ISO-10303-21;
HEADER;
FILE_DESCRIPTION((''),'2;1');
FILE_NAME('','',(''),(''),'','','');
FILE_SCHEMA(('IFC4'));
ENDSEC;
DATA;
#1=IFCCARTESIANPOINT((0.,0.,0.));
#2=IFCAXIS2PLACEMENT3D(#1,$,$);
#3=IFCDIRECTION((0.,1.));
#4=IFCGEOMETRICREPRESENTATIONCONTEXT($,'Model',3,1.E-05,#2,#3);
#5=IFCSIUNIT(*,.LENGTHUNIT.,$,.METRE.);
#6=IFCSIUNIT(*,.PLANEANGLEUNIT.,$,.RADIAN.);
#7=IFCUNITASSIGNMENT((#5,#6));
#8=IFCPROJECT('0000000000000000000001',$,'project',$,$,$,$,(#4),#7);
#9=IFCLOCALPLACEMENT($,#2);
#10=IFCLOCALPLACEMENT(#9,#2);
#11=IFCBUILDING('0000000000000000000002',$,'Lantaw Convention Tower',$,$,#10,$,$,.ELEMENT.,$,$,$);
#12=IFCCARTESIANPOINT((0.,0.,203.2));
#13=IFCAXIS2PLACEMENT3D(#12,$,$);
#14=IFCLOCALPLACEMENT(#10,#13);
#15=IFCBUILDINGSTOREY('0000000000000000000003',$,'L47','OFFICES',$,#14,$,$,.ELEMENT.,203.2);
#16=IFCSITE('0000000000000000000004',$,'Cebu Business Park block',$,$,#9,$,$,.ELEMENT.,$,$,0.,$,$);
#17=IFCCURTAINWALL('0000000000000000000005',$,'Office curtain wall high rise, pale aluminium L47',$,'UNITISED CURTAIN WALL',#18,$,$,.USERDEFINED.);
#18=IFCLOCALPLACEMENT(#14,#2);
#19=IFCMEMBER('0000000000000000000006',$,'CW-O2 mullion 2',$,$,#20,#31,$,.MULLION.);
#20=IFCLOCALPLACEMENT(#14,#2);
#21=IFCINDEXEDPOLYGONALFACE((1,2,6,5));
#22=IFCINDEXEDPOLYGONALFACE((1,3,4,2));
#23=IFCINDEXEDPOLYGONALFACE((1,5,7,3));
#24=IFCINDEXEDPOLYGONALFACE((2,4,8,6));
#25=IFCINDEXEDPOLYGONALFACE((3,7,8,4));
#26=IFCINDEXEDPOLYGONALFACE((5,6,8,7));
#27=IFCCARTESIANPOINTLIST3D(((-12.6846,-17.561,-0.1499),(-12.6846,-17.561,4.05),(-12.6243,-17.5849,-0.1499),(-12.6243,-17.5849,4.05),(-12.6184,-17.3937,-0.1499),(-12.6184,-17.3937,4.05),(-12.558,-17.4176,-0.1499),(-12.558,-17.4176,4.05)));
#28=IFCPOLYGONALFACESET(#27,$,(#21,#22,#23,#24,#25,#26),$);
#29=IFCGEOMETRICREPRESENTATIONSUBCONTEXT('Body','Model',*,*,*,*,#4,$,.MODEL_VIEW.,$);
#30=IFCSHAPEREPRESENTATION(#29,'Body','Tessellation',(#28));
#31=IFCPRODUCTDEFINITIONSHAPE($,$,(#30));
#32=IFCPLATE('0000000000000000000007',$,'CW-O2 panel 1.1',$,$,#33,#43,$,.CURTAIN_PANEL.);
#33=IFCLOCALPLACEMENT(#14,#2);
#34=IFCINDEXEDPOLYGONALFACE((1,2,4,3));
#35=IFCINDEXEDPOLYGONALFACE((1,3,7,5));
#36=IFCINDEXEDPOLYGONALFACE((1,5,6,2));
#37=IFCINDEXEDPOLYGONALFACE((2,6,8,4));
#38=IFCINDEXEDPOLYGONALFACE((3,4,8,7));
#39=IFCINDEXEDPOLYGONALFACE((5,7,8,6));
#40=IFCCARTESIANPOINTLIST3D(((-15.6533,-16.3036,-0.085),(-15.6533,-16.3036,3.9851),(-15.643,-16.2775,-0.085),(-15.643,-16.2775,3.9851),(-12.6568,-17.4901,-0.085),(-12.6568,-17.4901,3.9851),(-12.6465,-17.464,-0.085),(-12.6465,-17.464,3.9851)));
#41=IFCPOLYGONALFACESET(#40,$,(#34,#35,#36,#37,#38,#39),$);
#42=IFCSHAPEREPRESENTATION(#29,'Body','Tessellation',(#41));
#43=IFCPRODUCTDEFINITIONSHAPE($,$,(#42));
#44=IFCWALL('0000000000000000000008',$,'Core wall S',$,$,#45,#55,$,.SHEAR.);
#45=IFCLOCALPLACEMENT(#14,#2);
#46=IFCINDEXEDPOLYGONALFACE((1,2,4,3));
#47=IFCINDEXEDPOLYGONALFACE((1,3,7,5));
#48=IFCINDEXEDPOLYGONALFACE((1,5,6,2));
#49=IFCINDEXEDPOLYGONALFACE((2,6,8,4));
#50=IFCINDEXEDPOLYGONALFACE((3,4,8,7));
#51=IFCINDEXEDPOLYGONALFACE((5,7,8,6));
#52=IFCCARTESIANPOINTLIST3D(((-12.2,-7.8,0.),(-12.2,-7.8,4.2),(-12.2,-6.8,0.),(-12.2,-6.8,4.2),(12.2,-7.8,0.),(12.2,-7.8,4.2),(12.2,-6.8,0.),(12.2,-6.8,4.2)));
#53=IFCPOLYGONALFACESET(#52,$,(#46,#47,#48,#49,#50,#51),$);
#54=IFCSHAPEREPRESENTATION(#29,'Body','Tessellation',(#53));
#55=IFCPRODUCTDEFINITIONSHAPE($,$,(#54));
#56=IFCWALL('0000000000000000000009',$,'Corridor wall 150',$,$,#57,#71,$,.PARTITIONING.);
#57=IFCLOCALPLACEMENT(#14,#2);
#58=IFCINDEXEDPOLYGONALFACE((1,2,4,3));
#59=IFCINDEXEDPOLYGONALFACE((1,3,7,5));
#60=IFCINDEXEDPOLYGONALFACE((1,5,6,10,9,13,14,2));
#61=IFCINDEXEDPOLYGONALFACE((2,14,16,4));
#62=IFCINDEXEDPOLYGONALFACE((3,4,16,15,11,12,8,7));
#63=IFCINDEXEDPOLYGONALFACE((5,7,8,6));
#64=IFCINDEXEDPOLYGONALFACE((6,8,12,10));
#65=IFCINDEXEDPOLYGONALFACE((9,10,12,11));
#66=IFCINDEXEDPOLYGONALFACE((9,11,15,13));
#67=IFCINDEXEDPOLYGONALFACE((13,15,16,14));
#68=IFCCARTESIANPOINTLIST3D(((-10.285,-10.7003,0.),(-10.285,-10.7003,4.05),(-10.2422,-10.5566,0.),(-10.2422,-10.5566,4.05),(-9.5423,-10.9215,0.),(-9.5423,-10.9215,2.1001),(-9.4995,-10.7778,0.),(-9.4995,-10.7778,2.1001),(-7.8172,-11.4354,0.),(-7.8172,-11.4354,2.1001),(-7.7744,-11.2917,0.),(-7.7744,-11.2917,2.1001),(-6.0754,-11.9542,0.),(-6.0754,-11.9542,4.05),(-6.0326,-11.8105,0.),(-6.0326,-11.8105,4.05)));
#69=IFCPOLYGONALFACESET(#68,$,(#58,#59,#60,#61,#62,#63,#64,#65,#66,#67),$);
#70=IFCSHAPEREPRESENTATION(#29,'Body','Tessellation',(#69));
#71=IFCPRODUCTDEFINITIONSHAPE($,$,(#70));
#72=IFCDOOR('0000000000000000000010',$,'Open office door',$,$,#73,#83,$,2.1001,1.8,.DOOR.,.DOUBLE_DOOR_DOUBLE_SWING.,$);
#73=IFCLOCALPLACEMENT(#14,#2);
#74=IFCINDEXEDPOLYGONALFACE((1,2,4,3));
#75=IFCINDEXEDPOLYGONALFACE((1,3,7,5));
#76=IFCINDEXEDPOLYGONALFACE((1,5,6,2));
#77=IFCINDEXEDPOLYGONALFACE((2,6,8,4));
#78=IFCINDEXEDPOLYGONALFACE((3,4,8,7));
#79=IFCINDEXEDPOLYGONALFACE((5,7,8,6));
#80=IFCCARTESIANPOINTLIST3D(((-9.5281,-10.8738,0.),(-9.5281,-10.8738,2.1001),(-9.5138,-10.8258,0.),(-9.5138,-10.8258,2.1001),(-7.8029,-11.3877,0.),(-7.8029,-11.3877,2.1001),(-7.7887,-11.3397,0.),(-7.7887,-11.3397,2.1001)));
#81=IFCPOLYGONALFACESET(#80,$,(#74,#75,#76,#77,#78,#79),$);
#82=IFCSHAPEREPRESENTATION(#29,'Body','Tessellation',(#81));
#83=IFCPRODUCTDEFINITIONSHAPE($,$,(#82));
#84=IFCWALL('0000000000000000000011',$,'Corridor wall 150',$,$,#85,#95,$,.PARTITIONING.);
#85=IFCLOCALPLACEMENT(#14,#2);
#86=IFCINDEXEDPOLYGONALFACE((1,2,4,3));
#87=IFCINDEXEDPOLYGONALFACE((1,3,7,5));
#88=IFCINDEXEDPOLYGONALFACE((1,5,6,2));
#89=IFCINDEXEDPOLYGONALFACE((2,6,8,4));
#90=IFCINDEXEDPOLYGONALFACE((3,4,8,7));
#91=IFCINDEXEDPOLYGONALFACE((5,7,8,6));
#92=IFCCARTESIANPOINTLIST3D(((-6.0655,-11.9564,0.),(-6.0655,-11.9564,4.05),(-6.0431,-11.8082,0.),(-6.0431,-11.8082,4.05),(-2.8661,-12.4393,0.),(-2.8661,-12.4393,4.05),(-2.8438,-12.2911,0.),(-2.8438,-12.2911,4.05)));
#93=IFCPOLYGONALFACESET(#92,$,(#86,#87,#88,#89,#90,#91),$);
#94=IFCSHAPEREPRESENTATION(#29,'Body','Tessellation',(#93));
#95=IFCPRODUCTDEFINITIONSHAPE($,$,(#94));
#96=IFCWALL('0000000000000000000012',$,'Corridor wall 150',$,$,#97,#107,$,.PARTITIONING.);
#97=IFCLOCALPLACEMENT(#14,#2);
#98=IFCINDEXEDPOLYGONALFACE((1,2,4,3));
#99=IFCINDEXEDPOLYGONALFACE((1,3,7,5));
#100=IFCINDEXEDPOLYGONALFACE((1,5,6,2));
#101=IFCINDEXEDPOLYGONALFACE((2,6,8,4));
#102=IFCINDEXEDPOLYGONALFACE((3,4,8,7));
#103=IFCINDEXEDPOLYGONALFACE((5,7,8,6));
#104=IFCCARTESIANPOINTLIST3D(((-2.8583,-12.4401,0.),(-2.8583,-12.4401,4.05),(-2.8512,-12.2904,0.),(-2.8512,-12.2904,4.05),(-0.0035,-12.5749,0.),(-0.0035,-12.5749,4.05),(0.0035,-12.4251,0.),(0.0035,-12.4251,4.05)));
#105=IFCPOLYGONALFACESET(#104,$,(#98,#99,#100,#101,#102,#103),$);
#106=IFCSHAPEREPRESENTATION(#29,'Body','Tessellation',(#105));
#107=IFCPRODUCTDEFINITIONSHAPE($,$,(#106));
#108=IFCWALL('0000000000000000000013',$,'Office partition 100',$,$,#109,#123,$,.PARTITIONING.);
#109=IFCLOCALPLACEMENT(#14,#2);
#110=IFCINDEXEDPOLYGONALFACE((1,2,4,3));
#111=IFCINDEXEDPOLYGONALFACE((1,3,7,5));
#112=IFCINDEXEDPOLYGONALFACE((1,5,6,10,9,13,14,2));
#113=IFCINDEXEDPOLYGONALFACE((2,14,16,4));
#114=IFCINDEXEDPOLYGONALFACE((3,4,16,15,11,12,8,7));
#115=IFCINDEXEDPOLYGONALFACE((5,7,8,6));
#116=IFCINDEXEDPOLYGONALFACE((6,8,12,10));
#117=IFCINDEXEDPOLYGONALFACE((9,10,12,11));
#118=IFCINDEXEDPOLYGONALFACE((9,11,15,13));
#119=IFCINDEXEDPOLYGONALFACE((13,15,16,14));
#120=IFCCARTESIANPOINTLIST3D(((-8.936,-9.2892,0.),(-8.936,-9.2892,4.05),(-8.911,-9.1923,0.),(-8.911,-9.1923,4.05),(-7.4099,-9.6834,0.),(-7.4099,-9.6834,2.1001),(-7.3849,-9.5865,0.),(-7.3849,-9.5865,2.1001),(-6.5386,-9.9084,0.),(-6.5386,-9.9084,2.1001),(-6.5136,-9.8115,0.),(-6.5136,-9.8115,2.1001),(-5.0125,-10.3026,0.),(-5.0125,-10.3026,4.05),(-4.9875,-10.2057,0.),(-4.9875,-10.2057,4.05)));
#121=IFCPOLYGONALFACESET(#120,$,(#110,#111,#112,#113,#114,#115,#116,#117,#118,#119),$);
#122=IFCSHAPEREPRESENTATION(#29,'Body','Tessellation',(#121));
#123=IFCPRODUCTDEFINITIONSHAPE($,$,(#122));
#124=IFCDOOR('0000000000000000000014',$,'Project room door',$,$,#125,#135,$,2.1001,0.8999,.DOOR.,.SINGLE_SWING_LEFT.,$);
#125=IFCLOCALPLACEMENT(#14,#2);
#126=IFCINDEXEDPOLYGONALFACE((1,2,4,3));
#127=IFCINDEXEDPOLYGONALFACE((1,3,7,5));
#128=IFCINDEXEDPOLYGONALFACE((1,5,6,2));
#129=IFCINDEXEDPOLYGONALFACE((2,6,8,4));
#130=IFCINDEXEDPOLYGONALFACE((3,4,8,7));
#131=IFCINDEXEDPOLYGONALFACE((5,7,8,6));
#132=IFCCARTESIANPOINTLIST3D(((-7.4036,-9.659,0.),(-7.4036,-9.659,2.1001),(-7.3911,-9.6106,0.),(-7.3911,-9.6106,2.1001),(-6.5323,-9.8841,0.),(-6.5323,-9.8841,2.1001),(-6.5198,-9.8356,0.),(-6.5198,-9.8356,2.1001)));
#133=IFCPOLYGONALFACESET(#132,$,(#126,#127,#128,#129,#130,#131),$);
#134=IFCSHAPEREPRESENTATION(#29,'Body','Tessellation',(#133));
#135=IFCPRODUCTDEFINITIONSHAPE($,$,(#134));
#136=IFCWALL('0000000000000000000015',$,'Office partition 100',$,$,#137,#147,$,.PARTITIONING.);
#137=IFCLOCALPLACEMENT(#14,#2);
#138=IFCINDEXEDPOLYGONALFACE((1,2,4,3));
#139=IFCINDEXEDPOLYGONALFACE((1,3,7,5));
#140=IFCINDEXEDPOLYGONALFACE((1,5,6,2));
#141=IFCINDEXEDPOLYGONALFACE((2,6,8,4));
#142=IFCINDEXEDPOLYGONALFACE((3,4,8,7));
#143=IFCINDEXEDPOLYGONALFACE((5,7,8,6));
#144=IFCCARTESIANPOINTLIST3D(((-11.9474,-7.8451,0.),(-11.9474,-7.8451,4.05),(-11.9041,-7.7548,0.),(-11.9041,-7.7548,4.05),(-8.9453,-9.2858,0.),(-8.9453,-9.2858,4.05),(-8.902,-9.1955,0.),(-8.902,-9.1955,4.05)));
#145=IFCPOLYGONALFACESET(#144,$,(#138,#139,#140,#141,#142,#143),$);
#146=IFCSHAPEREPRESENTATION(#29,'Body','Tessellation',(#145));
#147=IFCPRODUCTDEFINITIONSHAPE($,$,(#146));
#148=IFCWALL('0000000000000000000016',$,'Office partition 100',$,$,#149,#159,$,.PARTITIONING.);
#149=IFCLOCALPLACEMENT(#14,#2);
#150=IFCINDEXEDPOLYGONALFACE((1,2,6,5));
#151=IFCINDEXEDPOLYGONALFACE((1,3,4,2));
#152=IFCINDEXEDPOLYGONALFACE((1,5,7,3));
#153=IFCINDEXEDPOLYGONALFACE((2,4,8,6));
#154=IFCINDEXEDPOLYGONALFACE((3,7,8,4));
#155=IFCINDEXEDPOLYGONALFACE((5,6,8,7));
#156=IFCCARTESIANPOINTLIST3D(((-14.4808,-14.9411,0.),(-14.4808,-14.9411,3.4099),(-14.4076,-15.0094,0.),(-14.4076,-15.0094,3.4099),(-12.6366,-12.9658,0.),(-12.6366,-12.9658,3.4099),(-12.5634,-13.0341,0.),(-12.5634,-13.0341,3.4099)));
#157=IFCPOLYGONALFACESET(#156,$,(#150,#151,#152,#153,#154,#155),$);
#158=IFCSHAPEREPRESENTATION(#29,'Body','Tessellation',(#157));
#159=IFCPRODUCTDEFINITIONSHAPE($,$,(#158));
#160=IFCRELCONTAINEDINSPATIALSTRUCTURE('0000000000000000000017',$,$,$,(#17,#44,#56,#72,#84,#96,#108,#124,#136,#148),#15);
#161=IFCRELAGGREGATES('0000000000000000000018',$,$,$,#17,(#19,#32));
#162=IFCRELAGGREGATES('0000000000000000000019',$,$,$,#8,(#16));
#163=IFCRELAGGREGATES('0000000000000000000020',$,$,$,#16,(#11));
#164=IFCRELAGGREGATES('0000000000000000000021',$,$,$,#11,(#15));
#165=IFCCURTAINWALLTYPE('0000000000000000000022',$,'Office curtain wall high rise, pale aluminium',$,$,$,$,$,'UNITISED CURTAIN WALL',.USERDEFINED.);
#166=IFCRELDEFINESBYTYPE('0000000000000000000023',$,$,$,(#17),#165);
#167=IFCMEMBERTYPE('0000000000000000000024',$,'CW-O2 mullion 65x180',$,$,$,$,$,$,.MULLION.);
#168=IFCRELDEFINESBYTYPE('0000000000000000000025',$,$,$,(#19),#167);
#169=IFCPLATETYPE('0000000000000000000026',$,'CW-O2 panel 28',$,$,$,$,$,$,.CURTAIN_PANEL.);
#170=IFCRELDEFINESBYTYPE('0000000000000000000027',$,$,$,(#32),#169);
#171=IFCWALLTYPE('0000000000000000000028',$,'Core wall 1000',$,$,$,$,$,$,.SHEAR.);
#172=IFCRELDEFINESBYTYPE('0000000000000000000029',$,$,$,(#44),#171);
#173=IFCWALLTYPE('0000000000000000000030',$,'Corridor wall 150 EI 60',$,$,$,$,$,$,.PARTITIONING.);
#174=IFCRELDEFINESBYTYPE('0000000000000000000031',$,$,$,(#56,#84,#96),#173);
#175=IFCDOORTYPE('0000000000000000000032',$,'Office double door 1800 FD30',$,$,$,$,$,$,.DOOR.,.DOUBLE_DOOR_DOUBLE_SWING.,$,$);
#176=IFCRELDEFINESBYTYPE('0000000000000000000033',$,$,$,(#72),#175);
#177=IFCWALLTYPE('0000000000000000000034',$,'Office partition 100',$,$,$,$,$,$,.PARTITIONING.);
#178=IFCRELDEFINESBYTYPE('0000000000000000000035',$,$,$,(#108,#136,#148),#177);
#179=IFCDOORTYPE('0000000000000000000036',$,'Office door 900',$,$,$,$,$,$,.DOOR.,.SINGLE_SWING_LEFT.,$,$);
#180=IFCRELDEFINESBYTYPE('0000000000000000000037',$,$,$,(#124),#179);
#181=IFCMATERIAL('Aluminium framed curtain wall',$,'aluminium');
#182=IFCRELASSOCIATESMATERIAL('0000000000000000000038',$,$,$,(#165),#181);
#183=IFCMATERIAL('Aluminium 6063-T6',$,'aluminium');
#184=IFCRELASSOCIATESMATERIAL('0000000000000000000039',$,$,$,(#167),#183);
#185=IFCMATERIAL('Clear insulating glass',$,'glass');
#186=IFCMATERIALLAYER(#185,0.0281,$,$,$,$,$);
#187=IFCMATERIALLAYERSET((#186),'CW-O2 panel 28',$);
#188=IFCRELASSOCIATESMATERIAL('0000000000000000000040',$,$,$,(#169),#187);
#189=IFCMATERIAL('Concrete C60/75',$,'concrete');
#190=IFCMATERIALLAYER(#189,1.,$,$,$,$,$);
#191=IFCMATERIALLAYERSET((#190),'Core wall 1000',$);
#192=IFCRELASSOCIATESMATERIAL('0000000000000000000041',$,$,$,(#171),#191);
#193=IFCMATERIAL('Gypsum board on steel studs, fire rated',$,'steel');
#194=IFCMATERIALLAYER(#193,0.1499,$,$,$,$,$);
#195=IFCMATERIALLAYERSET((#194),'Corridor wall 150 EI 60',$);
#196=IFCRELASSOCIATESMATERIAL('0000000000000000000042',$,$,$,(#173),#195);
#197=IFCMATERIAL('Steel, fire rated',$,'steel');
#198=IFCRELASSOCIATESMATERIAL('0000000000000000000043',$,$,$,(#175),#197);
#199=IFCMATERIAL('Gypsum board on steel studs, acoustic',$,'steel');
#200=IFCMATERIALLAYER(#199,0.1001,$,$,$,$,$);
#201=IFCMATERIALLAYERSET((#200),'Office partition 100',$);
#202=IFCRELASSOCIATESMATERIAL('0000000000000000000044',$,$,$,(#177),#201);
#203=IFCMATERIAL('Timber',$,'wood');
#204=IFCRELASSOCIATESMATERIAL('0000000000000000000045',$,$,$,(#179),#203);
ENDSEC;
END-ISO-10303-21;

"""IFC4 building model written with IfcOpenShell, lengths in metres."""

from ifc_helpers import new_model, si_unit, direction, frame, frame_2d, origin, origin_2d, place, context, subcontext, project, spatial, rectangle, extrude, material, layer, layer_set, material_profile, profile_set, type_object, element, fill, aggregate, save


model = new_model("IFC4")

# Units and contexts
model_context = context("Model", 3, precision=1e-05, world=origin(), true_north=direction((0.0, 1.0)))
body_context = subcontext(model_context, "Body", "Model", "MODEL_VIEW")
ifc_project = project(units=[si_unit("LENGTHUNIT", "METRE"), si_unit("PLANEANGLEUNIT", "RADIAN")], contexts=[model_context])

# Site, building, storey
site_placement = place(None, origin())
site = spatial("IfcSite", under=ifc_project, at=site_placement, Name="Cebu Business Park block", CompositionType="ELEMENT", RefElevation=0.0)
building_placement = place(site_placement, origin())
building = spatial("IfcBuilding", under=site, at=building_placement, Name="Lantaw Convention Tower", CompositionType="ELEMENT")
storey_placement = place(building_placement, frame((0.0, 0.0, 203.2)))
storey = spatial("IfcBuildingStorey", under=building, at=storey_placement, Name="L47", Description="OFFICES", CompositionType="ELEMENT", Elevation=203.2)

# Shared definitions
ifc_material_1 = material(Name="Concrete C60/75", Category="concrete")

# Curtain wall, member, plate
ifc_material_2 = material(Name="Aluminium framed curtain wall", Category="aluminium")
curtain_wall_type = type_object("IfcCurtainWallType", Name="Office curtain wall high rise, pale aluminium", ElementType="UNITISED CURTAIN WALL", PredefinedType="USERDEFINED", material=ifc_material_2)
curtain_wall_placement = place(storey_placement, origin())
curtain_wall = element("IfcCurtainWall", 1, at=curtain_wall_placement, inside=storey, type_object=curtain_wall_type, Name="Office curtain wall high rise, pale aluminium L47", ObjectType="UNITISED CURTAIN WALL", PredefinedType="USERDEFINED")
ifc_material_3 = material(Name="Aluminium 6063-T6", Category="aluminium")
ifc_material_profile_1 = material_profile(ifc_material_3, rectangle(XDim=0.1799, YDim=0.0649, at=origin_2d()), Name="CW-O2 mullion 65x180")
ifc_profile_set_1 = profile_set([ifc_material_profile_1], Name="Aluminium 6063-T6")
member_type = type_object("IfcMemberType", Name="CW-O2 mullion 65x180", PredefinedType="MULLION", material=ifc_profile_set_1)
member_placement = place(storey_placement, frame((-12.6213, -17.4893, -0.1499), z_axis=(0.0, 0.0, 1.0), x_axis=(0.368162, 0.929762, 0.0)))
member = element("IfcMember", 2, at=member_placement, type_object=member_type, Name="CW-O2 mullion 2", PredefinedType="MULLION", context=body_context, shape_type="SweptSolid", body=[
    extrude(rectangle(XDim=0.1799, YDim=0.0649, at=origin_2d()), origin(), (0.0, 0.0, 1.0), 4.2),
])
ifc_material_4 = material(Name="Clear insulating glass", Category="glass")
ifc_layer_1 = layer(ifc_material_4, 0.0281)
ifc_layer_set_1 = layer_set([ifc_layer_1], Name="CW-O2 panel 28")
plate_type = type_object("IfcPlateType", Name="CW-O2 panel 28", PredefinedType="CURTAIN_PANEL", material=ifc_layer_set_1)
plate_placement = place(storey_placement, frame((-14.1499, -16.8838, -0.085), z_axis=(0.0, 0.0, 1.0), x_axis=(0.929762, -0.368162, 0.0)))
plate = element("IfcPlate", 3, at=plate_placement, type_object=plate_type, Name="CW-O2 panel 1.1", PredefinedType="CURTAIN_PANEL", context=body_context, shape_type="SweptSolid", body=[
    extrude(rectangle(XDim=3.2229, YDim=0.0281, at=origin_2d()), origin(), (0.0, 0.0, 1.0), 4.0701),
])
aggregate(curtain_wall, [member, plate])

# Wall
ifc_layer_2 = layer(ifc_material_1, 1.0)
ifc_layer_set_2 = layer_set([ifc_layer_2], Name="Core wall 1000")
wall_type_1 = type_object("IfcWallType", Name="Core wall 1000", PredefinedType="SHEAR", material=ifc_layer_set_2)
wall_1_placement = place(storey_placement, frame((-12.2, -7.3, 0.0), z_axis=(0.0, 0.0, 1.0), x_axis=(1.0, 0.0, 0.0)))
element("IfcWall", 4, at=wall_1_placement, inside=storey, type_object=wall_type_1, Name="Core wall S", PredefinedType="SHEAR", context=body_context, shape_type="SweptSolid", body=[
    extrude(rectangle(XDim=24.3999, YDim=1.0, at=frame_2d((12.2, 0.0))), origin(), (0.0, 0.0, 1.0), 4.2),
])

# Wall, opening, door
ifc_material_5 = material(Name="Gypsum board on steel studs, fire rated", Category="steel")
ifc_layer_3 = layer(ifc_material_5, 0.1499)
ifc_layer_set_3 = layer_set([ifc_layer_3], Name="Corridor wall 150 EI 60")
wall_type_2 = type_object("IfcWallType", Name="Corridor wall 150 EI 60", PredefinedType="PARTITIONING", material=ifc_layer_set_3)
wall_2_placement = place(storey_placement, frame((-10.2637, -10.6284, 0.0), z_axis=(0.0, 0.0, 1.0), x_axis=(0.958384, -0.285481, 0.0)))
wall_2 = element("IfcWall", 5, at=wall_2_placement, inside=storey, type_object=wall_type_2, Name="Corridor wall 150", PredefinedType="PARTITIONING", context=body_context, shape_type="SweptSolid", body=[
    extrude(rectangle(XDim=4.3923, YDim=0.1499, at=frame_2d((2.1963, 0.0))), origin(), (0.0, 0.0, 1.0), 4.05),
])
opening_1_placement = place(wall_2_placement, frame((0.7751, 0.0, 0.0)))
opening_1 = element("IfcOpeningElement", 6, at=opening_1_placement, cuts=wall_2, PredefinedType="OPENING", context=body_context, shape_type="SweptSolid", body=[
    extrude(rectangle(XDim=1.8, YDim=2.1001, at=frame_2d((0.8999, 1.05))), frame((0.0, 0.085, 0.0), z_axis=(0.0, -1.0, 0.0), x_axis=(1.0, 0.0, 0.0)), (0.0, 0.0, 1.0), 0.1699),
])
ifc_material_6 = material(Name="Steel, fire rated", Category="steel")
door_type_1 = type_object("IfcDoorType", Name="Office double door 1800 FD30", OperationType="DOUBLE_DOOR_DOUBLE_SWING", PredefinedType="DOOR", material=ifc_material_6)
door_1_placement = place(opening_1_placement, origin())
door_1 = element("IfcDoor", 7, at=door_1_placement, inside=storey, type_object=door_type_1, Name="Open office door", OperationType="DOUBLE_DOOR_DOUBLE_SWING", OverallHeight=2.1001, OverallWidth=1.8, PredefinedType="DOOR", context=body_context, shape_type="SweptSolid", body=[
    extrude(rectangle(XDim=1.8, YDim=2.1001, at=frame_2d((0.8999, 1.05))), frame((0.0, 0.0249, 0.0), z_axis=(0.0, -1.0, 0.0), x_axis=(1.0, 0.0, 0.0)), (0.0, 0.0, 1.0), 0.05),
])
fill(opening_1, door_1)

# Walls
wall_3_placement = place(storey_placement, frame((-6.0542, -11.8823, 0.0), z_axis=(0.0, 0.0, 1.0), x_axis=(0.9888, -0.149244, 0.0)))
element("IfcWall", 8, at=wall_3_placement, inside=storey, type_object=wall_type_2, Name="Corridor wall 150", PredefinedType="PARTITIONING", context=body_context, shape_type="SweptSolid", body=[
    extrude(rectangle(XDim=3.2356, YDim=0.1499, at=frame_2d((1.6177, 0.0))), origin(), (0.0, 0.0, 1.0), 4.05),
])
wall_4_placement = place(storey_placement, frame((-2.8547, -12.3652, 0.0), z_axis=(0.0, 0.0, 1.0), x_axis=(0.998888, -0.047155, 0.0)))
element("IfcWall", 9, at=wall_4_placement, inside=storey, type_object=wall_type_2, Name="Corridor wall 150", PredefinedType="PARTITIONING", context=body_context, shape_type="SweptSolid", body=[
    extrude(rectangle(XDim=2.8579, YDim=0.1499, at=frame_2d((1.429, 0.0))), origin(), (0.0, 0.0, 1.0), 4.05),
])

# Wall, opening, door
ifc_material_7 = material(Name="Gypsum board on steel studs, acoustic", Category="steel")
ifc_layer_4 = layer(ifc_material_7, 0.1001)
ifc_layer_set_4 = layer_set([ifc_layer_4], Name="Office partition 100")
wall_type_3 = type_object("IfcWallType", Name="Office partition 100", PredefinedType="PARTITIONING", material=ifc_layer_set_4)
wall_5_placement = place(storey_placement, frame((-5.0, -10.2542, 0.0), z_axis=(0.0, 0.0, 1.0), x_axis=(-0.968224, 0.250084, 0.0)))
wall_5 = element("IfcWall", 10, at=wall_5_placement, inside=storey, type_object=wall_type_3, Name="Office partition 100", PredefinedType="PARTITIONING", context=body_context, shape_type="SweptSolid", body=[
    extrude(rectangle(XDim=4.0522, YDim=0.1001, at=frame_2d((2.0261, 0.0))), origin(), (0.0, 0.0, 1.0), 4.05),
])
opening_2_placement = place(wall_5_placement, frame((1.5762, 0.0, 0.0)))
opening_2 = element("IfcOpeningElement", 11, at=opening_2_placement, cuts=wall_5, PredefinedType="OPENING", context=body_context, shape_type="SweptSolid", body=[
    extrude(rectangle(XDim=0.8999, YDim=2.1001, at=frame_2d((0.45, 1.05))), frame((0.0, 0.0601, 0.0), z_axis=(0.0, -1.0, 0.0), x_axis=(1.0, 0.0, 0.0)), (0.0, 0.0, 1.0), 0.1201),
])
ifc_material_8 = material(Name="Timber", Category="wood")
door_type_2 = type_object("IfcDoorType", Name="Office door 900", OperationType="SINGLE_SWING_LEFT", PredefinedType="DOOR", material=ifc_material_8)
door_2_placement = place(opening_2_placement, origin())
door_2 = element("IfcDoor", 12, at=door_2_placement, inside=storey, type_object=door_type_2, Name="Project room door", OperationType="SINGLE_SWING_LEFT", OverallHeight=2.1001, OverallWidth=0.8999, PredefinedType="DOOR", context=body_context, shape_type="SweptSolid", body=[
    extrude(rectangle(XDim=0.8999, YDim=2.1001, at=frame_2d((0.45, 1.05))), frame((0.0, 0.0249, 0.0), z_axis=(0.0, -1.0, 0.0), x_axis=(1.0, 0.0, 0.0)), (0.0, 0.0, 1.0), 0.05),
])
fill(opening_2, door_2)

# Walls
wall_6_placement = place(storey_placement, frame((-8.9236, -9.2407, 0.0), z_axis=(0.0, 0.0, 1.0), x_axis=(-0.901554, 0.432667, 0.0)))
element("IfcWall", 13, at=wall_6_placement, inside=storey, type_object=wall_type_3, Name="Office partition 100", PredefinedType="PARTITIONING", context=body_context, shape_type="SweptSolid", body=[
    extrude(rectangle(XDim=3.3298, YDim=0.1001, at=frame_2d((1.665, 0.0))), origin(), (0.0, 0.0, 1.0), 4.05),
])
wall_7_placement = place(storey_placement, frame((-12.6001, -13.0, 0.0), z_axis=(0.0, 0.0, 1.0), x_axis=(-0.682434, -0.730947, 0.0)))
element("IfcWall", 14, at=wall_7_placement, inside=storey, type_object=wall_type_3, Name="Office partition 100", PredefinedType="PARTITIONING", context=body_context, shape_type="SweptSolid", body=[
    extrude(rectangle(XDim=2.7024, YDim=0.1001, at=frame_2d((1.3511, 0.0))), origin(), (0.0, 0.0, 1.0), 3.4099),
])

save(model, "model.ifc")
